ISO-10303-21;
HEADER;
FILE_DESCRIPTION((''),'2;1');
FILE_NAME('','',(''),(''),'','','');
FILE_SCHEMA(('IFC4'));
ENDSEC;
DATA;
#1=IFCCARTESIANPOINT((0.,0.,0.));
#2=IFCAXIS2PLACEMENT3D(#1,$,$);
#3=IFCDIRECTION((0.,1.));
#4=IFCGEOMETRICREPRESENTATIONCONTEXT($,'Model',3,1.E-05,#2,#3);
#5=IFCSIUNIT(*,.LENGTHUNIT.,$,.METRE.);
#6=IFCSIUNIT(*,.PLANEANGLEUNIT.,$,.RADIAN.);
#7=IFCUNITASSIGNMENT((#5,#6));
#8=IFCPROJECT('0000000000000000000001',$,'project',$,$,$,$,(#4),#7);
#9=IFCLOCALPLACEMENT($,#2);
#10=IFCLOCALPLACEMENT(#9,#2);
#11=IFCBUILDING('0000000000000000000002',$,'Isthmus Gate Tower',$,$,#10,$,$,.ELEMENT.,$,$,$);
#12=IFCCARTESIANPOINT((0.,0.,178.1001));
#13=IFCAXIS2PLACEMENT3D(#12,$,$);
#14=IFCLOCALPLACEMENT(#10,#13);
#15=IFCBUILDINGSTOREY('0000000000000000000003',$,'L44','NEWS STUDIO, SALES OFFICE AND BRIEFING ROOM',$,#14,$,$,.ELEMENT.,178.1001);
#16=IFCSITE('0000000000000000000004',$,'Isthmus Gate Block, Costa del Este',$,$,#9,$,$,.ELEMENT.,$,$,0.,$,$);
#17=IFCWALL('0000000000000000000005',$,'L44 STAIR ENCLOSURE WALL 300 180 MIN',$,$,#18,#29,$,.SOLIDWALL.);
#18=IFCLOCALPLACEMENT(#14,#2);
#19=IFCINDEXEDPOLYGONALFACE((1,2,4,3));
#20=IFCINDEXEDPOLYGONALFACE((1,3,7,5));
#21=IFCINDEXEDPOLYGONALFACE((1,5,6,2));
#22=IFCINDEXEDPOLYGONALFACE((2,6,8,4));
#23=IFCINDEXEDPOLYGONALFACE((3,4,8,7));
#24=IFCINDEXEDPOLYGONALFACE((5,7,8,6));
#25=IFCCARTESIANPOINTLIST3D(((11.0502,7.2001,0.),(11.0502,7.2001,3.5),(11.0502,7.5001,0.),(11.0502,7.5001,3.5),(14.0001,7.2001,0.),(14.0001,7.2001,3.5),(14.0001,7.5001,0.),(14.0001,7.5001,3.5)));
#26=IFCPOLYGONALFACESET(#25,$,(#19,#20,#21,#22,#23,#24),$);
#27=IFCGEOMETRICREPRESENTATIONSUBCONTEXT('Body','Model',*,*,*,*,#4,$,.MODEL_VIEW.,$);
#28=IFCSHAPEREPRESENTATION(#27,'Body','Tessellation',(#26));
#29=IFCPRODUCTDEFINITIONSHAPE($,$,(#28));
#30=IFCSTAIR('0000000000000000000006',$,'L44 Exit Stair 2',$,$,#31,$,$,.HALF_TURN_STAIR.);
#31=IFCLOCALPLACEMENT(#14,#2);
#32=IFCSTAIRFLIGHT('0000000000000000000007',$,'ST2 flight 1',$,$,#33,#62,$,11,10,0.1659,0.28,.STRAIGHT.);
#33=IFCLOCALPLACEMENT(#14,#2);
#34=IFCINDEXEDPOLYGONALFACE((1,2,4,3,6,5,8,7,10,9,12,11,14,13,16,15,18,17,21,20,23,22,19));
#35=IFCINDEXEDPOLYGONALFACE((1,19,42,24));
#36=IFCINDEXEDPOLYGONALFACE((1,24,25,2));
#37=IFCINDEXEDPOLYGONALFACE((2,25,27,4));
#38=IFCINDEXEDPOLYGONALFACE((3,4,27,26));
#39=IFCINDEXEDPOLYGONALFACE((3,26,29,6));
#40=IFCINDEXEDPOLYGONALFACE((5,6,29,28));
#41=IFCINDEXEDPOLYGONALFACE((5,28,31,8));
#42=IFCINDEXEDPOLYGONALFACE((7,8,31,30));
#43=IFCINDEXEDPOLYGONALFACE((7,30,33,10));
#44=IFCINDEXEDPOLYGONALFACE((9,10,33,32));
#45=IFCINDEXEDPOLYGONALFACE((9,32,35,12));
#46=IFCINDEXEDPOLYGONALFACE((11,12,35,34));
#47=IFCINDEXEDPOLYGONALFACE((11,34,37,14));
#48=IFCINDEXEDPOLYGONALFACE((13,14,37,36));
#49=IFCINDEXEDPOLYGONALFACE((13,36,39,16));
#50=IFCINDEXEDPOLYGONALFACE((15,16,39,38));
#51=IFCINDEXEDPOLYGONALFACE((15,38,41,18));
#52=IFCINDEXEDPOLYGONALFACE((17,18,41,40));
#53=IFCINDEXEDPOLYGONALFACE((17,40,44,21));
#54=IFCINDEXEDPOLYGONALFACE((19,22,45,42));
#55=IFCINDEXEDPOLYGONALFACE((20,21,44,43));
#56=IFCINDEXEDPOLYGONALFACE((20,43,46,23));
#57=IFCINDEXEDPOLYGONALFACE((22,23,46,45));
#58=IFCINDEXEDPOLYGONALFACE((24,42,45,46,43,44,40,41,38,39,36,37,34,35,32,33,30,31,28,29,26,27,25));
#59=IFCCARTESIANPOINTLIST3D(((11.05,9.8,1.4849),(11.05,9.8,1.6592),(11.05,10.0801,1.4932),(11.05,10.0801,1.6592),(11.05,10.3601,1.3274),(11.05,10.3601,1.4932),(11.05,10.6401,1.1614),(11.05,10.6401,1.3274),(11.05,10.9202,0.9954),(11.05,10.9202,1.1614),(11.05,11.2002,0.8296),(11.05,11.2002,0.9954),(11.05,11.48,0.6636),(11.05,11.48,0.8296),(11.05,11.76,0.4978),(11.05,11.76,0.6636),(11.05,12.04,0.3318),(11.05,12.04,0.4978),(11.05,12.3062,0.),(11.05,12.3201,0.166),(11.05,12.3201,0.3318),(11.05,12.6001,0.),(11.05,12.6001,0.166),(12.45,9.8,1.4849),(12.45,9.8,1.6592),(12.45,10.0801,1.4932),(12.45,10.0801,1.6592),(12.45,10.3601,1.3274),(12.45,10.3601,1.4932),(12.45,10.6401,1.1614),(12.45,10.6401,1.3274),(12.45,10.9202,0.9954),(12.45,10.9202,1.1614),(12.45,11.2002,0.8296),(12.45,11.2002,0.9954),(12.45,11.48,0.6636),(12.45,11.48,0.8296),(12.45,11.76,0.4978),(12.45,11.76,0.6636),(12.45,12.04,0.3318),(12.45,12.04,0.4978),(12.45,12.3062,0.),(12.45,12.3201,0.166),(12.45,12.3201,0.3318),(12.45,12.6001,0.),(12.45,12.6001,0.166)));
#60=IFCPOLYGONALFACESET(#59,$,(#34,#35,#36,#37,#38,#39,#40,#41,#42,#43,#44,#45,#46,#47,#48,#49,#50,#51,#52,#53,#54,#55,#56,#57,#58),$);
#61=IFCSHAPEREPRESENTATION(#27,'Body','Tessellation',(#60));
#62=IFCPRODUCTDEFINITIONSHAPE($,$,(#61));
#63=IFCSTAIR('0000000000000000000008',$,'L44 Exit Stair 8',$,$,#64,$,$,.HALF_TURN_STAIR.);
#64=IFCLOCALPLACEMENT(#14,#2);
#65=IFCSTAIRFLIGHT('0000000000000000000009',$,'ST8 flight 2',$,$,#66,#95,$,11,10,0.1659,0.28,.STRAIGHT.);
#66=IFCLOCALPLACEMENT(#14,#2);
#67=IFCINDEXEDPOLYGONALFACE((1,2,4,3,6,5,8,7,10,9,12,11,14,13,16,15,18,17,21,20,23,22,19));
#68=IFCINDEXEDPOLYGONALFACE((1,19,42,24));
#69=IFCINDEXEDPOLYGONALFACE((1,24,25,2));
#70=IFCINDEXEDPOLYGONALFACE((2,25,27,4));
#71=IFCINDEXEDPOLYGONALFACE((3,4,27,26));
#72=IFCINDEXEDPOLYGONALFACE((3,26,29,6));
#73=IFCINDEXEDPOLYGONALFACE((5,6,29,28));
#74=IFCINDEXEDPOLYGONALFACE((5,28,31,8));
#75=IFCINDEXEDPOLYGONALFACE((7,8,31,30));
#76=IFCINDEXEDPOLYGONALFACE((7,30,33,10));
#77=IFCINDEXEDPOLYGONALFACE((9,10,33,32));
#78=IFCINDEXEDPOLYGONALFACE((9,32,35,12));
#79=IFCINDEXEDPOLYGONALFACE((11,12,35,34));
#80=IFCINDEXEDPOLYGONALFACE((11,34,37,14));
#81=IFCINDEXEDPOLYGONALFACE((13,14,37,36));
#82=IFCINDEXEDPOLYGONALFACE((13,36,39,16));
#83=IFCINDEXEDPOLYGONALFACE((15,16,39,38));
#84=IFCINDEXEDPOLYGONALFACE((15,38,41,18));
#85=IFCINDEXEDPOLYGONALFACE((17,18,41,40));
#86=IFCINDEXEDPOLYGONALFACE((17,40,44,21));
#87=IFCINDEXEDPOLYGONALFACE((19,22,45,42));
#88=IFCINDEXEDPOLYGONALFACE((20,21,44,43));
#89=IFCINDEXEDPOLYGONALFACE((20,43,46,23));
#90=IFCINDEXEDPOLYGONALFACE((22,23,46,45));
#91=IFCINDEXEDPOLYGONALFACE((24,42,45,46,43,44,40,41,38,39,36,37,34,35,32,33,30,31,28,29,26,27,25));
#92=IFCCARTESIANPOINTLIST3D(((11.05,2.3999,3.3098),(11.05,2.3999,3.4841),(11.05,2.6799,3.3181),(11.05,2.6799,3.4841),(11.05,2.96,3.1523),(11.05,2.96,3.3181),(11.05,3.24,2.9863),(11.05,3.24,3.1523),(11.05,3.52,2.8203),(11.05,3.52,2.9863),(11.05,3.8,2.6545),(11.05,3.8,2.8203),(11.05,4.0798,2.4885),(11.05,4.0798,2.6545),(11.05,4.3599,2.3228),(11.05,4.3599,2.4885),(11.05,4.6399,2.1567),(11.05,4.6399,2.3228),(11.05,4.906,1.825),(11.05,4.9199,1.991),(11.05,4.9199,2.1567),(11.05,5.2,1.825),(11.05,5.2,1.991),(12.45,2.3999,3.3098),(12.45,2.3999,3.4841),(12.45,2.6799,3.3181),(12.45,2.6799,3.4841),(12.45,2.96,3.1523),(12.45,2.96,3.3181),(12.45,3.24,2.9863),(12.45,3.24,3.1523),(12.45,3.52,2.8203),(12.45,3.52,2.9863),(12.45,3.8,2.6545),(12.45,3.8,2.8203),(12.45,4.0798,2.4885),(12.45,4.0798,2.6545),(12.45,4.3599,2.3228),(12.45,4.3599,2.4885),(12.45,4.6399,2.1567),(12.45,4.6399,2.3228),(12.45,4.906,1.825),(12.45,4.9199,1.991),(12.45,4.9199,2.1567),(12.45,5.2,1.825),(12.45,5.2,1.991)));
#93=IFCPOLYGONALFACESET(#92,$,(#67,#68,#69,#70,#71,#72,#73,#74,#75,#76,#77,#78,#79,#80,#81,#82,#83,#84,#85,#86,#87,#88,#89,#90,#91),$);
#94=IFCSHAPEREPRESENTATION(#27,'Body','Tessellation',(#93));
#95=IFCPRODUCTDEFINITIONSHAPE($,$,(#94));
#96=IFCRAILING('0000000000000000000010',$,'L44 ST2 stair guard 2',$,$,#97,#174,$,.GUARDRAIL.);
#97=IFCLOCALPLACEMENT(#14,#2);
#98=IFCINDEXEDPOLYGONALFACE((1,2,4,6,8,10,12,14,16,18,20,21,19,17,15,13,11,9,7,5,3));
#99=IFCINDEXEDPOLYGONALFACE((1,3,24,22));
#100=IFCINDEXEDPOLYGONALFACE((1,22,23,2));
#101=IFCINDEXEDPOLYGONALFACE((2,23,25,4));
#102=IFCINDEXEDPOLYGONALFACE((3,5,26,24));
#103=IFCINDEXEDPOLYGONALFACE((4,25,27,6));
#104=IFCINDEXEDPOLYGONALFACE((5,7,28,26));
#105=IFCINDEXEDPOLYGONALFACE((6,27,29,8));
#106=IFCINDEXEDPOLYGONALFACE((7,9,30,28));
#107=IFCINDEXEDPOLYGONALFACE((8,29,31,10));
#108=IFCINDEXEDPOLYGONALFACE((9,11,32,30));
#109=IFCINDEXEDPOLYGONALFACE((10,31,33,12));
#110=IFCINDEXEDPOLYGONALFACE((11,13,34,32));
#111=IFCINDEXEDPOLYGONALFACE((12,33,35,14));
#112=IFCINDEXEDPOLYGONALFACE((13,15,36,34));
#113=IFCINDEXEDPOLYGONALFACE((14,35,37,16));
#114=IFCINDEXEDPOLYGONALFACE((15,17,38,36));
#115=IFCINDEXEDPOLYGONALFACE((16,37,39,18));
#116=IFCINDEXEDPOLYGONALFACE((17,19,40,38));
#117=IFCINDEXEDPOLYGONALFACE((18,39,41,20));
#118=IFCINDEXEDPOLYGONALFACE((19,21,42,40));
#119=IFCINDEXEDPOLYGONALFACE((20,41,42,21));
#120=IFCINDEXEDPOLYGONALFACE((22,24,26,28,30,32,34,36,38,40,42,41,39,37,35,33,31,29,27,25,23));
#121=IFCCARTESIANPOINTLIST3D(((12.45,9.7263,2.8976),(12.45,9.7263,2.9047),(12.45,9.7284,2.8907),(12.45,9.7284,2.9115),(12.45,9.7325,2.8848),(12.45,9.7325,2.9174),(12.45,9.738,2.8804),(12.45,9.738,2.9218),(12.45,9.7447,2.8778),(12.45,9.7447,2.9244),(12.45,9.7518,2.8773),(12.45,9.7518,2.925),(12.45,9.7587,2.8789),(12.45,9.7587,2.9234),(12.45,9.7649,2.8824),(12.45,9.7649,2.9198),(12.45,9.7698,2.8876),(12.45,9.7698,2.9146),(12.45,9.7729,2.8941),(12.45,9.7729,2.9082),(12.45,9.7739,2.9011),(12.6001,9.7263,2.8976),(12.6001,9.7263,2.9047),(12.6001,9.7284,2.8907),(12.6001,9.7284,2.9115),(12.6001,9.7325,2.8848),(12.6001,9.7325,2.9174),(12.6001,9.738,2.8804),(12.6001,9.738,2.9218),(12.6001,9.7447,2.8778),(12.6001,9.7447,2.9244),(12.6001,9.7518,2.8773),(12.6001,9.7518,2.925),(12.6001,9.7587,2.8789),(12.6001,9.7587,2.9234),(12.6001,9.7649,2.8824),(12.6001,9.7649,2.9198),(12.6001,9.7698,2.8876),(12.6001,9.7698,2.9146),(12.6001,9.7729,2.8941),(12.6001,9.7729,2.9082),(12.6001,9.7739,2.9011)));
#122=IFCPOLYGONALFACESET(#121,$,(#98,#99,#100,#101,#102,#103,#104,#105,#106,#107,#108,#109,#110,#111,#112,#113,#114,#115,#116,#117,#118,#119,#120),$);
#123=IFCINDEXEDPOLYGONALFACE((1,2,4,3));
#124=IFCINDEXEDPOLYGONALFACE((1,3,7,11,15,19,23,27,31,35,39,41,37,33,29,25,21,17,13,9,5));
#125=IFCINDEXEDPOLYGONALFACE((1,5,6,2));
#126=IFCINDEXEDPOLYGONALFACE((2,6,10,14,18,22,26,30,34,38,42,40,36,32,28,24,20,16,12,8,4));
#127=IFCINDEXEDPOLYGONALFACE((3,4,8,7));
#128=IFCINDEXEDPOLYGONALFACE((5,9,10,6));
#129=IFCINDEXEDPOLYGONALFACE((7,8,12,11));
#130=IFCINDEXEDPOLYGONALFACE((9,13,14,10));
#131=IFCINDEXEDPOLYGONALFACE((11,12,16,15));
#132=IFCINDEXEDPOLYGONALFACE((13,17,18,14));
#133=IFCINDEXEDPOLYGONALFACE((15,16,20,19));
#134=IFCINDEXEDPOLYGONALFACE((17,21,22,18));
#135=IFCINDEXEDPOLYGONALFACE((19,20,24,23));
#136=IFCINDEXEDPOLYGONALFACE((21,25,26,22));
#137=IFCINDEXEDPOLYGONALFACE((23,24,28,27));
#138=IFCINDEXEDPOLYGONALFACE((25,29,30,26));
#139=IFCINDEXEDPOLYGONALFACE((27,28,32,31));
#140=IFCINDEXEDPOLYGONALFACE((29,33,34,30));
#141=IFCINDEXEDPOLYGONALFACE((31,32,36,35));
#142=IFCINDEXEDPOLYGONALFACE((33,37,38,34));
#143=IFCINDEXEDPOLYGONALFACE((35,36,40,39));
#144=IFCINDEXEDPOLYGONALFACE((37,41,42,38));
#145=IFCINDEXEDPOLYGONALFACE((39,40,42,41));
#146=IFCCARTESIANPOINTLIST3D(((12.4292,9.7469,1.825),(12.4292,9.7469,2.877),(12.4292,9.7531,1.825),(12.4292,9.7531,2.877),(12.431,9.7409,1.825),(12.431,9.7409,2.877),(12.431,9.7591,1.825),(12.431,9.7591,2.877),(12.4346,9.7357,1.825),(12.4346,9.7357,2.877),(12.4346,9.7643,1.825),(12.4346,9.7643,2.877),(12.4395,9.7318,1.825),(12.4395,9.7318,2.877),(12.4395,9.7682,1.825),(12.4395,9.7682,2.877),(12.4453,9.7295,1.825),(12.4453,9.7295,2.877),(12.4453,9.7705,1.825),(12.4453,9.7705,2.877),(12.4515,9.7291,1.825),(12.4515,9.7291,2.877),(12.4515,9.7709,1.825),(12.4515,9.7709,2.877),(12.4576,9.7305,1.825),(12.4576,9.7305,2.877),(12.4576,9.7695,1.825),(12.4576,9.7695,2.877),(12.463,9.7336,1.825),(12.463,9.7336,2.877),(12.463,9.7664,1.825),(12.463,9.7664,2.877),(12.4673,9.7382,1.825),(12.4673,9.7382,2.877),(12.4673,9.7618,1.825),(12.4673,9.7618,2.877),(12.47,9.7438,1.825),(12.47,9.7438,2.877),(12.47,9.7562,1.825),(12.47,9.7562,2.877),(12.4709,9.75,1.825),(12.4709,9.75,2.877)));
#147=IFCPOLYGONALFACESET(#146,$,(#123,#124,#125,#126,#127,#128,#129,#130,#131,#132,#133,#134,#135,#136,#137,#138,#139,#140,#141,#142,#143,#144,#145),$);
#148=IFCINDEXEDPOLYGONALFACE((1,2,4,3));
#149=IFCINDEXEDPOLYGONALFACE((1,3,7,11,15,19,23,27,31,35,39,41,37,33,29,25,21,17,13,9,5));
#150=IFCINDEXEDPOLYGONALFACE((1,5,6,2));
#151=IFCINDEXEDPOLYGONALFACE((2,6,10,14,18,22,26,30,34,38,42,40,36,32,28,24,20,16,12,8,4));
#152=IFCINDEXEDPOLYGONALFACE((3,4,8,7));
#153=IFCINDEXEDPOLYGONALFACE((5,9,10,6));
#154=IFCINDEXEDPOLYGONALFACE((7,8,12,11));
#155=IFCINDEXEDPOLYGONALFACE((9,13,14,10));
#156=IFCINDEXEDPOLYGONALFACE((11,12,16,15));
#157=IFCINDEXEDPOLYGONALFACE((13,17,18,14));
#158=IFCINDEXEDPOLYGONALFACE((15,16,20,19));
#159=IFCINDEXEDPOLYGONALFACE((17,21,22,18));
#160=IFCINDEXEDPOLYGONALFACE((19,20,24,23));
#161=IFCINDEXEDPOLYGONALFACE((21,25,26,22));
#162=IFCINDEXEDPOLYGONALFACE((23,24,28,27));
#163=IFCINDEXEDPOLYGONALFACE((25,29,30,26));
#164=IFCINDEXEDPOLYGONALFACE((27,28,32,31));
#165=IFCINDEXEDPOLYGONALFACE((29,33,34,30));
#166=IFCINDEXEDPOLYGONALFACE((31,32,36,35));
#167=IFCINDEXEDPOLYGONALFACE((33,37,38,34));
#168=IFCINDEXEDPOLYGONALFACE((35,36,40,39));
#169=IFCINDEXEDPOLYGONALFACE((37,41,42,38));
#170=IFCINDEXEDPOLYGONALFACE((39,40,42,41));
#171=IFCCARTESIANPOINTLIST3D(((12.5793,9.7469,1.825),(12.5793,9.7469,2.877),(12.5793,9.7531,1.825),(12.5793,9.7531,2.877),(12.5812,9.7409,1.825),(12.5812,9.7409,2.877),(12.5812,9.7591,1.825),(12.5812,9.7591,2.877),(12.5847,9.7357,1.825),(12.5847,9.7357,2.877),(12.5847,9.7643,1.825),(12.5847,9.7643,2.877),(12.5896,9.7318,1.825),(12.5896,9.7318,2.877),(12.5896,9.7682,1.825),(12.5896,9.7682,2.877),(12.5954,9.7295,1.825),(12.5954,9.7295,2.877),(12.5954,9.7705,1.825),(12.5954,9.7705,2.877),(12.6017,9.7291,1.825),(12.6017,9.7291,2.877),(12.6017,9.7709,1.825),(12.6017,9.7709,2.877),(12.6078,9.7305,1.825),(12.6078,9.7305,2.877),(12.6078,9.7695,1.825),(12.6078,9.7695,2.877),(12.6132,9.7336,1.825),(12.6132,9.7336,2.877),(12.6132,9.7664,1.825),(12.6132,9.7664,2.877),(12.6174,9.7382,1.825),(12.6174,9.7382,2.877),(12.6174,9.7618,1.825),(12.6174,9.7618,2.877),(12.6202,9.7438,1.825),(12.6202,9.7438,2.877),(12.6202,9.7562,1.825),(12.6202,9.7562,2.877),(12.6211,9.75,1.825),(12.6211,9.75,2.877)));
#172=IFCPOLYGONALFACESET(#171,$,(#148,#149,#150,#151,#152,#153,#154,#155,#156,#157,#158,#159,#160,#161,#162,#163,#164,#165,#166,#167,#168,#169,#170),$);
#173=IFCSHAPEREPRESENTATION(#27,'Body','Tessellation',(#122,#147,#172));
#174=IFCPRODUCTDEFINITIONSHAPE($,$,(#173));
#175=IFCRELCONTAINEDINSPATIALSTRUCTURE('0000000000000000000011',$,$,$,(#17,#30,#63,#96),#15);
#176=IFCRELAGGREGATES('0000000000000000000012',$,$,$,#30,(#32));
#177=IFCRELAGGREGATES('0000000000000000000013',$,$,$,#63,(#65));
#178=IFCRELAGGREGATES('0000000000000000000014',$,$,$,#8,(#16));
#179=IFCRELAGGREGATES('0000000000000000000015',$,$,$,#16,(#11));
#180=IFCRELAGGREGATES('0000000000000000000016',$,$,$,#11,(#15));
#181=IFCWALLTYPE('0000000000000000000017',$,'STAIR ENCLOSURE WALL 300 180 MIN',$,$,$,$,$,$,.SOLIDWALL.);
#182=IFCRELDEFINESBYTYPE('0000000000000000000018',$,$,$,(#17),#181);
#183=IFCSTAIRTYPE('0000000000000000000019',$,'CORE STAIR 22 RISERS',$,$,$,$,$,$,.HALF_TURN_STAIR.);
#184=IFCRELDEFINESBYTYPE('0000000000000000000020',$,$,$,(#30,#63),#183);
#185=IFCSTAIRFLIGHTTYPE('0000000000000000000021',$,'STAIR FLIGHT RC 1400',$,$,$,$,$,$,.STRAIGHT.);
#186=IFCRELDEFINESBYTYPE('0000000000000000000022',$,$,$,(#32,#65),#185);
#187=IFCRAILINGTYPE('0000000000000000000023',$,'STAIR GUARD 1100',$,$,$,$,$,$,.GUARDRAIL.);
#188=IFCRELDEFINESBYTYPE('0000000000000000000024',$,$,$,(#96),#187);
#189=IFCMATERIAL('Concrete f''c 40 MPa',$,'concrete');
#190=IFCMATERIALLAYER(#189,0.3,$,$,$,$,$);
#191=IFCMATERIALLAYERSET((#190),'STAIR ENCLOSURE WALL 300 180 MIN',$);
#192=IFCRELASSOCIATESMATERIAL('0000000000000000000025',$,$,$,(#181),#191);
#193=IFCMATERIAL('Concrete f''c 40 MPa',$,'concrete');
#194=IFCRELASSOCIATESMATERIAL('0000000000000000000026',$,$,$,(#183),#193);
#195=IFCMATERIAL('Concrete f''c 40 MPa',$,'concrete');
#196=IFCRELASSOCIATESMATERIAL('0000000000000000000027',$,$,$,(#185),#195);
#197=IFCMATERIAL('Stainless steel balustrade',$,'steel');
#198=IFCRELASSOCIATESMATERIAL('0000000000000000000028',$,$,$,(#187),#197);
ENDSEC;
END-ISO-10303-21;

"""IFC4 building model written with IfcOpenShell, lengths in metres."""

from ifc_helpers import new_model, si_unit, direction, frame, frame_2d, origin, origin_2d, place, context, subcontext, project, spatial, polyline, rectangle, circle, outline, extrude, material, layer, layer_set, type_object, element, aggregate, save


model = new_model("IFC4")

# Units and contexts
model_context = context("Model", 3, precision=1e-05, world=origin(), true_north=direction((0.0, 1.0)))
body_context = subcontext(model_context, "Body", "Model", "MODEL_VIEW")
ifc_project = project(units=[si_unit("LENGTHUNIT", "METRE"), si_unit("PLANEANGLEUNIT", "RADIAN")], contexts=[model_context])

# Site, building, storey
site_placement = place(None, origin())
site = spatial("IfcSite", under=ifc_project, at=site_placement, Name="Isthmus Gate Block, Costa del Este", CompositionType="ELEMENT", RefElevation=0.0)
building_placement = place(site_placement, origin())
building = spatial("IfcBuilding", under=site, at=building_placement, Name="Isthmus Gate Tower", CompositionType="ELEMENT")
storey_placement = place(building_placement, frame((0.0, 0.0, 178.1001)))
storey = spatial("IfcBuildingStorey", under=building, at=storey_placement, Name="L44", Description="NEWS STUDIO, SALES OFFICE AND BRIEFING ROOM", CompositionType="ELEMENT", Elevation=178.1001)

# Wall
ifc_material_1 = material(Name="Concrete f'c 40 MPa", Category="concrete")
ifc_layer_1 = layer(ifc_material_1, 0.3)
ifc_layer_set_1 = layer_set([ifc_layer_1], Name="STAIR ENCLOSURE WALL 300 180 MIN")
wall_type_1 = type_object("IfcWallType", Name="STAIR ENCLOSURE WALL 300 180 MIN", PredefinedType="SOLIDWALL", material=ifc_layer_set_1)
wall_1_placement = place(storey_placement, frame((11.05, 7.3501, 0.0), z_axis=(0.0, 0.0, 1.0), x_axis=(1.0, 0.0, 0.0)))
element("IfcWall", 1, at=wall_1_placement, inside=storey, type_object=wall_type_1, Name="L44 STAIR ENCLOSURE WALL 300 180 MIN", PredefinedType="SOLIDWALL", context=body_context, shape_type="SweptSolid", body=[
    extrude(rectangle(XDim=2.95, YDim=0.3, at=frame_2d((1.4751, 0.0))), origin(), (0.0, 0.0, 1.0), 3.5),
])

# Stairs, stair flights
ifc_material_2 = material(Name="Concrete f'c 40 MPa", Category="concrete")
stair_type = type_object("IfcStairType", Name="CORE STAIR 22 RISERS", PredefinedType="HALF_TURN_STAIR", material=ifc_material_2)
stair_1_placement = place(storey_placement, origin())
stair_1 = element("IfcStair", 2, at=stair_1_placement, inside=storey, type_object=stair_type, Name="L44 Exit Stair 2", PredefinedType="HALF_TURN_STAIR")
ifc_material_3 = material(Name="Concrete f'c 40 MPa", Category="concrete")
stair_flight_type = type_object("IfcStairFlightType", Name="STAIR FLIGHT RC 1400", PredefinedType="STRAIGHT", material=ifc_material_3)
stair_flight_1_placement = place(storey_placement, frame((11.75, 12.6001, 0.0), z_axis=(0.0, 0.0, 1.0), x_axis=(0.0, -1.0, 0.0)))
stair_flight_1 = element("IfcStairFlight", 3, at=stair_flight_1_placement, type_object=stair_flight_type, Name="ST2 flight 1", NumberOfRisers=11, NumberOfTreads=10, PredefinedType="STRAIGHT", RiserHeight=0.1659, TreadLength=0.28, context=body_context, shape_type="SweptSolid", body=[
    extrude(outline(polyline([(0.0, 0.0), (0.0, 0.166), (0.28, 0.166), (0.28, 0.3318), (0.5601, 0.3318), (0.5601, 0.4978), (0.8401, 0.4978), (0.8401, 0.6636), (1.1201, 0.6636), (1.1201, 0.8296), (1.3999, 0.8296), (1.3999, 0.9954), (1.6799, 0.9954), (1.6799, 1.1614), (1.96, 1.1614), (1.96, 1.3274), (2.24, 1.3274), (2.24, 1.4932), (2.52, 1.4932), (2.52, 1.6592), (2.8, 1.6592), (2.8, 1.825), (2.8, 1.4849), (0.2939, 0.0), (0.0, 0.0)])), frame((0.0, 0.7, 0.0), z_axis=(0.0, -1.0, 0.0), x_axis=(1.0, 0.0, 0.0)), (0.0, 0.0, 1.0), 1.3999),
])
aggregate(stair_1, [stair_flight_1])
stair_2_placement = place(storey_placement, origin())
stair_2 = element("IfcStair", 4, at=stair_2_placement, inside=storey, type_object=stair_type, Name="L44 Exit Stair 8", PredefinedType="HALF_TURN_STAIR")
stair_flight_2_placement = place(storey_placement, frame((11.75, 5.2, 1.825), z_axis=(0.0, 0.0, 1.0), x_axis=(0.0, -1.0, 0.0)))
stair_flight_2 = element("IfcStairFlight", 5, at=stair_flight_2_placement, type_object=stair_flight_type, Name="ST8 flight 2", NumberOfRisers=11, NumberOfTreads=10, PredefinedType="STRAIGHT", RiserHeight=0.1659, TreadLength=0.28, context=body_context, shape_type="SweptSolid", body=[
    extrude(outline(polyline([(0.0, 0.0), (0.0, 0.166), (0.28, 0.166), (0.28, 0.3318), (0.5601, 0.3318), (0.5601, 0.4978), (0.8401, 0.4978), (0.8401, 0.6636), (1.1201, 0.6636), (1.1201, 0.8296), (1.3999, 0.8296), (1.3999, 0.9954), (1.6799, 0.9954), (1.6799, 1.1614), (1.96, 1.1614), (1.96, 1.3274), (2.24, 1.3274), (2.24, 1.4932), (2.52, 1.4932), (2.52, 1.6592), (2.8, 1.6592), (2.8, 1.825), (2.8, 1.4849), (0.2939, 0.0), (0.0, 0.0)])), frame((0.0, 0.7, 0.0), z_axis=(0.0, -1.0, 0.0), x_axis=(1.0, 0.0, 0.0)), (0.0, 0.0, 1.0), 1.3999),
])
aggregate(stair_2, [stair_flight_2])

# Railing
ifc_material_4 = material(Name="Stainless steel balustrade", Category="steel")
railing_type_1 = type_object("IfcRailingType", Name="STAIR GUARD 1100", PredefinedType="GUARDRAIL", material=ifc_material_4)
railing_1_placement = place(storey_placement, frame((12.45, 9.75, 1.825)))
element("IfcRailing", 6, at=railing_1_placement, inside=storey, type_object=railing_type_1, Name="L44 ST2 stair guard 2", PredefinedType="GUARDRAIL", context=body_context, shape_type="SweptSolid", body=[
    extrude(circle(Radius=0.0239, at=origin_2d()), frame((0.0, 0.0, 1.0762), z_axis=(1.0, 0.0, 0.0), x_axis=(0.0, 1.0, 0.0)), (0.0, 0.0, 1.0), 0.1501),
    extrude(circle(Radius=0.021, at=origin_2d()), origin(), (0.0, 0.0, 1.0), 1.052),
    extrude(circle(Radius=0.021, at=origin_2d()), frame((0.1501, 0.0, 0.0)), (0.0, 0.0, 1.0), 1.052),
])

save(model, "model.ifc")
